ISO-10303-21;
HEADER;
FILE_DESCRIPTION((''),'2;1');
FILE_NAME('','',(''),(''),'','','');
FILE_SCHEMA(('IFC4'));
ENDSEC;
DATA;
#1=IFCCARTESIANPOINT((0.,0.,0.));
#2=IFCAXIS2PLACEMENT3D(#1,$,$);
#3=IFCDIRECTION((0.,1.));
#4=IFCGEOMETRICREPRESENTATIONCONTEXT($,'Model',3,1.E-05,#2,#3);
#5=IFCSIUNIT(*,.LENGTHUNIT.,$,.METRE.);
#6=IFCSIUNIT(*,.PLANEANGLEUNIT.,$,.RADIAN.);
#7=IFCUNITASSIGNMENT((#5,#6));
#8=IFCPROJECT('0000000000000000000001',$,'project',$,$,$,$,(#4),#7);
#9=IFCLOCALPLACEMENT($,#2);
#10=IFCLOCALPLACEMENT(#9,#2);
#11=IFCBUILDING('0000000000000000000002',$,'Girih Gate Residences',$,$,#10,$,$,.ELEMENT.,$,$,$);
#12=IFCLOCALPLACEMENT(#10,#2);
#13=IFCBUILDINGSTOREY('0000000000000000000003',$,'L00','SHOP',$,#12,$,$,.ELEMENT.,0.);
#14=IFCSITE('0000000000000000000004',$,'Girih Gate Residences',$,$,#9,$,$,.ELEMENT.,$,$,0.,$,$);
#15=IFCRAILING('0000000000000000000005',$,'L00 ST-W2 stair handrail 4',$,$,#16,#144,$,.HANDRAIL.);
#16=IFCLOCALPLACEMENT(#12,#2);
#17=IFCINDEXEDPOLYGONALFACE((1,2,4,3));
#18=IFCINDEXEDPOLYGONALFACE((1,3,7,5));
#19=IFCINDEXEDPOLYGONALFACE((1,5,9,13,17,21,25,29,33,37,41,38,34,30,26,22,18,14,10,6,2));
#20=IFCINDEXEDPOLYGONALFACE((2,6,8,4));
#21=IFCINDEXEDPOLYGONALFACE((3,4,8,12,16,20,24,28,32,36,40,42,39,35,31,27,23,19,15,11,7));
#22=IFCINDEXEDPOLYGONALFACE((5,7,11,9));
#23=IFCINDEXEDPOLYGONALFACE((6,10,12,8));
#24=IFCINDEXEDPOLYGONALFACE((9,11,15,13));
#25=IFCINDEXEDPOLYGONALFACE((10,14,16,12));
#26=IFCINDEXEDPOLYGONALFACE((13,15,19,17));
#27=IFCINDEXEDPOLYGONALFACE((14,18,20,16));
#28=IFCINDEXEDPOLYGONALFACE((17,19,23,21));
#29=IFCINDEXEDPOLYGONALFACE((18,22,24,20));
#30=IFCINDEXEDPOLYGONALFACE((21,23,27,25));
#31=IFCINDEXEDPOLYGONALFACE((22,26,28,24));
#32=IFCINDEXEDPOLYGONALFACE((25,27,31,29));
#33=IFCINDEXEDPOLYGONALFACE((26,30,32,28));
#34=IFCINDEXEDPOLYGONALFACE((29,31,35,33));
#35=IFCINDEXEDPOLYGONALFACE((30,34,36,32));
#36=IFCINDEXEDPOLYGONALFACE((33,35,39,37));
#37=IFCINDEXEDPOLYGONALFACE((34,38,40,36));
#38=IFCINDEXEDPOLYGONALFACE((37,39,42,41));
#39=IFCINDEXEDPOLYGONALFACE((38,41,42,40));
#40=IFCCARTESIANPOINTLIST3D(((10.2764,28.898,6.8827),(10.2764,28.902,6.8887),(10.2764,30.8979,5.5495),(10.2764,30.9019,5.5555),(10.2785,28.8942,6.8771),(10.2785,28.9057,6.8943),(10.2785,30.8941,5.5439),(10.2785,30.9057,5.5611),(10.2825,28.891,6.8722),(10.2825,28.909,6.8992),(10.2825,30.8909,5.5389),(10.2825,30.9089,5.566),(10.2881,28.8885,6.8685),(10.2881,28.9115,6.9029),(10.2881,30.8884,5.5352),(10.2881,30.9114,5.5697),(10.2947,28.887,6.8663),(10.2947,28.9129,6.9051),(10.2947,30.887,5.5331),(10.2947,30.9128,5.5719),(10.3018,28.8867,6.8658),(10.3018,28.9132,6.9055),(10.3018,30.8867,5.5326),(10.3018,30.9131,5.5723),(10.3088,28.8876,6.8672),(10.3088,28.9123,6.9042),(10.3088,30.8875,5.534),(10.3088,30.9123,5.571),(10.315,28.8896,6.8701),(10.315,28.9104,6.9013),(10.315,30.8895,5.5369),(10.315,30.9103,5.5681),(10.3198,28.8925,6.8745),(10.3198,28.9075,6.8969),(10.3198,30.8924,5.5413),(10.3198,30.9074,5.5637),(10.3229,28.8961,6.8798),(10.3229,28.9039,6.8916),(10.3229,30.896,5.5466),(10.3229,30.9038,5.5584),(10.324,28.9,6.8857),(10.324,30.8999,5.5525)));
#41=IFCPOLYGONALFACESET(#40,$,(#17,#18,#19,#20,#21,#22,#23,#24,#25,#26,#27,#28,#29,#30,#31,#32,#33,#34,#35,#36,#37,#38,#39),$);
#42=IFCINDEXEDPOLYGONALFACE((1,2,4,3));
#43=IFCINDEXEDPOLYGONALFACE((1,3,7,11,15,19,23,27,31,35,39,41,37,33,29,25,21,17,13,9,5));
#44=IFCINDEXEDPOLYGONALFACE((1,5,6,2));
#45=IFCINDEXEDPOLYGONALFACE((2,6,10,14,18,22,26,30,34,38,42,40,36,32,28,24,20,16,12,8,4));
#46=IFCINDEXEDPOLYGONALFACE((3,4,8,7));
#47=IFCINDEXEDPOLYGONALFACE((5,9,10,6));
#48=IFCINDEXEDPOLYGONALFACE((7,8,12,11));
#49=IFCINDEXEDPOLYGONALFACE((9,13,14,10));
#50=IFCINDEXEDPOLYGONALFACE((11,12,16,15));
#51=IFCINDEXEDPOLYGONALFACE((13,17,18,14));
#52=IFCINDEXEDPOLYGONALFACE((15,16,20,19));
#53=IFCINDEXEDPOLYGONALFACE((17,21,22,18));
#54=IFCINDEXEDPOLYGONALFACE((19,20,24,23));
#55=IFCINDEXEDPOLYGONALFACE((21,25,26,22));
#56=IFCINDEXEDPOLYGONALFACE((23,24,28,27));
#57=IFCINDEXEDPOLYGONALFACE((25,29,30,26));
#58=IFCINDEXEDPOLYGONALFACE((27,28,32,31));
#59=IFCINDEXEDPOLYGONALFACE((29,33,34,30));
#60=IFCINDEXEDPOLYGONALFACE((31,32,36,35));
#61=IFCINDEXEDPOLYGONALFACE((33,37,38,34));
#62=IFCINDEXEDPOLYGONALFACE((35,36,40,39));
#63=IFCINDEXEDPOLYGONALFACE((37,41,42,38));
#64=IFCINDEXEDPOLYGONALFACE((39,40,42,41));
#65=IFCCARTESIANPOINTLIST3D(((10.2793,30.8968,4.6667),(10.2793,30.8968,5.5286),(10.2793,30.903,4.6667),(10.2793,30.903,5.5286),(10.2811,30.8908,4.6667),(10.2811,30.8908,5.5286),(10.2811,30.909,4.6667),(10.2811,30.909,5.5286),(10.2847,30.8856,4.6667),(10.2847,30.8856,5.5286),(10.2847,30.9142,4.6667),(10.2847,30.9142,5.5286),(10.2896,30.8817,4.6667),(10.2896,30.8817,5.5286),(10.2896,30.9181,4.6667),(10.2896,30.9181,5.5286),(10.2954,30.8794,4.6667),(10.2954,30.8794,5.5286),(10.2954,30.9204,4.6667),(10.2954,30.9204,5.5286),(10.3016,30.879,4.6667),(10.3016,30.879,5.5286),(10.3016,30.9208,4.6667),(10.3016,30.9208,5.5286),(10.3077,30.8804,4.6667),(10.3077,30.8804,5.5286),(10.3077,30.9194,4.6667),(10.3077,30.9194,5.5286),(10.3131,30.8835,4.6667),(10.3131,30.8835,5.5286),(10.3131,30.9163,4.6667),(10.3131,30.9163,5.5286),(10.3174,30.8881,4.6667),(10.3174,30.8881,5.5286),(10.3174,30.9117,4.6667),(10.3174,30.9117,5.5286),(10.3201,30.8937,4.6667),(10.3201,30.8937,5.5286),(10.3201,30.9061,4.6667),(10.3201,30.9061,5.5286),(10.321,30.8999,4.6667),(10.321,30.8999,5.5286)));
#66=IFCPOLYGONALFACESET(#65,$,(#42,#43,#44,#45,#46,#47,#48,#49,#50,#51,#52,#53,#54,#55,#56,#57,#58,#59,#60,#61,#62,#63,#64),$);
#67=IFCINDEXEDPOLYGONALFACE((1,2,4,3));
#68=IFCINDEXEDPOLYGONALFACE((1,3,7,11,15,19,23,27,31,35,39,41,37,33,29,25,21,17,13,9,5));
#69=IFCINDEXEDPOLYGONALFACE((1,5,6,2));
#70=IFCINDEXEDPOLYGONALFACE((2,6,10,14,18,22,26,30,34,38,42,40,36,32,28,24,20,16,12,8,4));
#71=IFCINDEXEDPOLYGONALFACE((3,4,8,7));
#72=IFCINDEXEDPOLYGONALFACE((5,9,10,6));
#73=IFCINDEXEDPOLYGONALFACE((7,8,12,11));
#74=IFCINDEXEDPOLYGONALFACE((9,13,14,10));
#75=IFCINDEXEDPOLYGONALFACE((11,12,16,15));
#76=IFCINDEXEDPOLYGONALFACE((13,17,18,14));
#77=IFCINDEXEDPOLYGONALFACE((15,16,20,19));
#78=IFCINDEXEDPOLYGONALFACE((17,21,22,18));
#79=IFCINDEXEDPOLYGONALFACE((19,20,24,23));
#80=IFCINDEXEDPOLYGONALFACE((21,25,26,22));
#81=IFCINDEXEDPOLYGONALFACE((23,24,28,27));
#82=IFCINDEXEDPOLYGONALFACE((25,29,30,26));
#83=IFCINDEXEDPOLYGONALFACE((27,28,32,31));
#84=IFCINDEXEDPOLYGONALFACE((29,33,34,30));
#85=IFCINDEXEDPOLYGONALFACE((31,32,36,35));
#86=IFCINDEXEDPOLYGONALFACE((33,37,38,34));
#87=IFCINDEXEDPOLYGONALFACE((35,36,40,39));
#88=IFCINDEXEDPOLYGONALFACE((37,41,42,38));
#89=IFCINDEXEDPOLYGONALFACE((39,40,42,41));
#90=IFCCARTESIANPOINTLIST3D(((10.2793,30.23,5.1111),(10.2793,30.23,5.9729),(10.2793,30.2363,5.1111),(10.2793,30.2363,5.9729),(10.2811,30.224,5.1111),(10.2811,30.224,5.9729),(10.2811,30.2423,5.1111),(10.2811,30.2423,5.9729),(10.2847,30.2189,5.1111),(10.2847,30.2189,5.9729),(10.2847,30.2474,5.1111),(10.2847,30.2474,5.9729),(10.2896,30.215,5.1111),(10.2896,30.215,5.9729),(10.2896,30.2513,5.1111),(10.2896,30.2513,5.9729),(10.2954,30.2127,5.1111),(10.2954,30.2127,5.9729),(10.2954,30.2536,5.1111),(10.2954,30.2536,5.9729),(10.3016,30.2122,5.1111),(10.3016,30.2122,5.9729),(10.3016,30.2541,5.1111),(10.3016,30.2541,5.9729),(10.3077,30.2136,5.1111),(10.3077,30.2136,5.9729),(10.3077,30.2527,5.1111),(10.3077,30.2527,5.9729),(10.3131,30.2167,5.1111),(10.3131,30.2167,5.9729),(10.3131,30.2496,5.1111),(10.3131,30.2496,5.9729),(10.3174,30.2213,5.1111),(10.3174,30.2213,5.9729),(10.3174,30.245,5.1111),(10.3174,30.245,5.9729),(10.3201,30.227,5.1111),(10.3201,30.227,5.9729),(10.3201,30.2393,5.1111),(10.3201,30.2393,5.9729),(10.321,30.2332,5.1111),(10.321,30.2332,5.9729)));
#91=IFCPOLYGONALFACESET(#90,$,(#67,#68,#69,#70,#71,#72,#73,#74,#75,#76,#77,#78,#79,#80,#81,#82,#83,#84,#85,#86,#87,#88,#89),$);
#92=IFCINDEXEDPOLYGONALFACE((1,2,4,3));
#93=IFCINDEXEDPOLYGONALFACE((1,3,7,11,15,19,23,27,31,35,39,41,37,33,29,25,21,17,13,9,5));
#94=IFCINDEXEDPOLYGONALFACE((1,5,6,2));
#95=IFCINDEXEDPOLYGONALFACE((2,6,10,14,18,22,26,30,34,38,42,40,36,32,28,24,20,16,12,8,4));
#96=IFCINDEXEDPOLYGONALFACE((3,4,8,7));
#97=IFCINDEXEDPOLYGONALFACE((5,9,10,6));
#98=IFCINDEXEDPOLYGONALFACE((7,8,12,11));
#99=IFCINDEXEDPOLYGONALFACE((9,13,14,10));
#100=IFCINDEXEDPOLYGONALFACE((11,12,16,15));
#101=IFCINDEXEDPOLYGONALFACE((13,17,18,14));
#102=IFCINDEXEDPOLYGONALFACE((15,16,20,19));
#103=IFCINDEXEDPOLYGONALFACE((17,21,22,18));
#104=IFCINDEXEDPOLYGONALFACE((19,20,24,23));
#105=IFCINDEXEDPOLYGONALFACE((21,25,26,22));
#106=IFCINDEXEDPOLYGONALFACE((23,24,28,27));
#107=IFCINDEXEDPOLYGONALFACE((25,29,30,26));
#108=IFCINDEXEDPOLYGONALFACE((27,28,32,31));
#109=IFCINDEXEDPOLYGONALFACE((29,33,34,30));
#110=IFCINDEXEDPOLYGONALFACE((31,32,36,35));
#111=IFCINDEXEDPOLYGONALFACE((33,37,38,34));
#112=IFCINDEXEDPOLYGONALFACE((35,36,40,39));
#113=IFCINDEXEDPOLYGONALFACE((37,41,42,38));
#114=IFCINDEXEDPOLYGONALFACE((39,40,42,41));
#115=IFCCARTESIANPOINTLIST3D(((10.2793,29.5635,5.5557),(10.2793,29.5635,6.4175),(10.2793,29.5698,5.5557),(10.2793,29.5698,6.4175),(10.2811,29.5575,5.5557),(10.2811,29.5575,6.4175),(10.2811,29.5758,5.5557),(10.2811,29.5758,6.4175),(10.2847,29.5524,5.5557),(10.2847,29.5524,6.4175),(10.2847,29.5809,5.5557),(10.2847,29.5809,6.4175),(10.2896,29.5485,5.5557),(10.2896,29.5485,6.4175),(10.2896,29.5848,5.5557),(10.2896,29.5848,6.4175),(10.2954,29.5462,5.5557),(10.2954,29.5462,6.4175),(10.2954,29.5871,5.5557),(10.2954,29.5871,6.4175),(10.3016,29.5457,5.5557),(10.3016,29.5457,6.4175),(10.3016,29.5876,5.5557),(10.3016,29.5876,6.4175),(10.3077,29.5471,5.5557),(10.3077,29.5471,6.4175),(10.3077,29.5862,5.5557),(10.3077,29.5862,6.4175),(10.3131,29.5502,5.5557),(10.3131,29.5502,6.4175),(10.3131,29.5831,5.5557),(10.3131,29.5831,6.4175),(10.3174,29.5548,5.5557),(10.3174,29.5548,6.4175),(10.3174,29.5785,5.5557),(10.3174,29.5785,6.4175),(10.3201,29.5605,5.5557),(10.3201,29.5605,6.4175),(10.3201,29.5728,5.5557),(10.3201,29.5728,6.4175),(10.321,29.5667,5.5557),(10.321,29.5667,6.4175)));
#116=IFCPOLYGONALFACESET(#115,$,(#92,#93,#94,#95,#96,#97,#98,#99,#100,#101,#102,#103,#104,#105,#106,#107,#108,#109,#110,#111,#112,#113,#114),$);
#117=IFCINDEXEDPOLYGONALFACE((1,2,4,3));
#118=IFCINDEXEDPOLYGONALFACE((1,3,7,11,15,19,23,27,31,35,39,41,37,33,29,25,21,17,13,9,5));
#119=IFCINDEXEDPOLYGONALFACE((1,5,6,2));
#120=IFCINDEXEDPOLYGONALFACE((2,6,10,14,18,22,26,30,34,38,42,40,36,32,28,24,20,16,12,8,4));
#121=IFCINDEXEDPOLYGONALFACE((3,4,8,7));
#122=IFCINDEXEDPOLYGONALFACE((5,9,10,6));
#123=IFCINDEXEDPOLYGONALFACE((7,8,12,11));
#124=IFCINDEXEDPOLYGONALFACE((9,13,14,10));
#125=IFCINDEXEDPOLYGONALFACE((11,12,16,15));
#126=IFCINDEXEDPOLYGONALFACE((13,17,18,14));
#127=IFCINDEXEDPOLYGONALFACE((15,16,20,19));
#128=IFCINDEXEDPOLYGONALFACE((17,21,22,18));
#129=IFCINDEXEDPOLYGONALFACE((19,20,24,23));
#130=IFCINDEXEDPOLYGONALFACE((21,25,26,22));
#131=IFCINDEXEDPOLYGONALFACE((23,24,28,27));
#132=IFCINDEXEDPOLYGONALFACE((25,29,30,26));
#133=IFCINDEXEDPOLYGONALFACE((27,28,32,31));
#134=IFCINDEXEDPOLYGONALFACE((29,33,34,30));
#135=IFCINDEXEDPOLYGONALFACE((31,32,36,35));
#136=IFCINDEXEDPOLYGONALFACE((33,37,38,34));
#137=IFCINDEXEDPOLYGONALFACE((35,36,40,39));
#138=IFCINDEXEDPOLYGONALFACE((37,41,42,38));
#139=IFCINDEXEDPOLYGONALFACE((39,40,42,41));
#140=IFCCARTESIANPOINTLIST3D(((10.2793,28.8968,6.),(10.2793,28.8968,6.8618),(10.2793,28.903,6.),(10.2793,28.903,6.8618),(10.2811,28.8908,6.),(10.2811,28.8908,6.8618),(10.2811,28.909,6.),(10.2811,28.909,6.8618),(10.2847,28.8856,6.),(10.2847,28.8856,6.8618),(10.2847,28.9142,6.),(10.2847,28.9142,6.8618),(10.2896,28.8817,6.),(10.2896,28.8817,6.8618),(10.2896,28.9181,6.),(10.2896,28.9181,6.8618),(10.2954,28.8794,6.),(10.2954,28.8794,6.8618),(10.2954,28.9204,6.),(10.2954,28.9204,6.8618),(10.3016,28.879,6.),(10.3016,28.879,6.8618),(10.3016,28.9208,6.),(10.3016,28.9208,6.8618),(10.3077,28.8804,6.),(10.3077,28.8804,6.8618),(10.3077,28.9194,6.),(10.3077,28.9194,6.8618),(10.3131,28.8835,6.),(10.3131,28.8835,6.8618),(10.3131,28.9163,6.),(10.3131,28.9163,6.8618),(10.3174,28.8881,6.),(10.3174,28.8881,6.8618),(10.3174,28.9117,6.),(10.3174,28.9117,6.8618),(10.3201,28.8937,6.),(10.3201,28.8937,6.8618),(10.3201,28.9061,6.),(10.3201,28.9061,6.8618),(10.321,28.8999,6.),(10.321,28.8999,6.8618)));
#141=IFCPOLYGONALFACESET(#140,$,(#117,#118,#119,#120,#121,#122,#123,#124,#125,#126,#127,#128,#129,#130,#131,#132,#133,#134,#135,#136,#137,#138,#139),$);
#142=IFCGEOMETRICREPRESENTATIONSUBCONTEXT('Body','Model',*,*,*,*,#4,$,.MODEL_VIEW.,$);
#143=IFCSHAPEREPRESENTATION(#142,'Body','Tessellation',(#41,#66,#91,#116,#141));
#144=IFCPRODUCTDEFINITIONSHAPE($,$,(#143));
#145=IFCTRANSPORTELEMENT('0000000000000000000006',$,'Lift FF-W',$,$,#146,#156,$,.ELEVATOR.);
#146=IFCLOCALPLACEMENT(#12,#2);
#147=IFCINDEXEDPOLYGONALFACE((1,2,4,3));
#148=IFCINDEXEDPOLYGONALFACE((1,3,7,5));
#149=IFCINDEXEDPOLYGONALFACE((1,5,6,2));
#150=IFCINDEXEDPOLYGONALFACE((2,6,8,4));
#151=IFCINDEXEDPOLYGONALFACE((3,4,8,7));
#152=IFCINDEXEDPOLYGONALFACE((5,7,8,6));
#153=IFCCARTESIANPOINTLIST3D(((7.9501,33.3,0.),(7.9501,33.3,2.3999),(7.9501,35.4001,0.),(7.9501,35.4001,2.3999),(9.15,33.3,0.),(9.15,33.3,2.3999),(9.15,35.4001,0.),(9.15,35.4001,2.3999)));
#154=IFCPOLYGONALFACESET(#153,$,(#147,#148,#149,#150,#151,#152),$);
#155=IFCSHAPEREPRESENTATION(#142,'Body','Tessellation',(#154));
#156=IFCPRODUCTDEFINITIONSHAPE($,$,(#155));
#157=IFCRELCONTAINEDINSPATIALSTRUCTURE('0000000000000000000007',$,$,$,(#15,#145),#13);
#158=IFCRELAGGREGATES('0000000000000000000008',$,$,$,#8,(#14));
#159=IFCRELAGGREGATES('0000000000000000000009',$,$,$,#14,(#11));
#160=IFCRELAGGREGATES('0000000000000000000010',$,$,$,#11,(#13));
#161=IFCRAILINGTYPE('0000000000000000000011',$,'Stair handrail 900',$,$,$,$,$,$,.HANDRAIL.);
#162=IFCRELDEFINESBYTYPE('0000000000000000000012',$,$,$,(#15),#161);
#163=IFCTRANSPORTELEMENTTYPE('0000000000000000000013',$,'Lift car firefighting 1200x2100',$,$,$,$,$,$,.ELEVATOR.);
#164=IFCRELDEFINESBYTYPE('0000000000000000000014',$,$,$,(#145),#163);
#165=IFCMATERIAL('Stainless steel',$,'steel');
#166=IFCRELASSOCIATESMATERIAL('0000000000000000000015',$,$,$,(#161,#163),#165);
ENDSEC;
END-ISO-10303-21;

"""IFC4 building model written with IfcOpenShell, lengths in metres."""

from ifc_helpers import new_model, si_unit, direction, frame, origin, origin_2d, place, context, subcontext, project, spatial, rectangle, circle, extrude, material, type_object, element, save


model = new_model("IFC4")

# Units and contexts
model_context = context("Model", 3, precision=1e-05, world=origin(), true_north=direction((0.0, 1.0)))
body_context = subcontext(model_context, "Body", "Model", "MODEL_VIEW")
ifc_project = project(units=[si_unit("LENGTHUNIT", "METRE"), si_unit("PLANEANGLEUNIT", "RADIAN")], contexts=[model_context])

# Site, building, storey
site_placement = place(None, origin())
site = spatial("IfcSite", under=ifc_project, at=site_placement, Name="Girih Gate Residences", CompositionType="ELEMENT", RefElevation=0.0)
building_placement = place(site_placement, origin())
building = spatial("IfcBuilding", under=site, at=building_placement, Name="Girih Gate Residences", CompositionType="ELEMENT")
storey_placement = place(building_placement, origin())
storey = spatial("IfcBuildingStorey", under=building, at=storey_placement, Name="L00", Description="SHOP", CompositionType="ELEMENT", Elevation=0.0)

# Railing
ifc_material_1 = material(Name="Stainless steel", Category="steel")
railing_type_1 = type_object("IfcRailingType", Name="Stair handrail 900", PredefinedType="HANDRAIL", material=ifc_material_1)
railing_1_placement = place(storey_placement, frame((10.3, 30.8999, 4.6667)))
element("IfcRailing", 1, at=railing_1_placement, inside=storey, type_object=railing_type_1, Name="L00 ST-W2 stair handrail 4", PredefinedType="HANDRAIL", context=body_context, shape_type="SweptSolid", body=[
    extrude(circle(Radius=0.0239, at=origin_2d()), frame((0.0, 0.0, 0.8857), z_axis=(0.0, -0.832066, 0.554677), x_axis=(1.0, 0.0, 0.0)), (0.0, 0.0, 1.0), 2.4036),
    extrude(circle(Radius=0.021, at=origin_2d()), origin(), (0.0, 0.0, 1.0), 0.8618),
    extrude(circle(Radius=0.021, at=origin_2d()), frame((0.0, -0.6667, 0.4443)), (0.0, 0.0, 1.0), 0.8618),
    extrude(circle(Radius=0.021, at=origin_2d()), frame((0.0, -1.3333, 0.8889)), (0.0, 0.0, 1.0), 0.8618),
    extrude(circle(Radius=0.021, at=origin_2d()), frame((0.0, -2.0, 1.3333)), (0.0, 0.0, 1.0), 0.8618),
])

# Transport element
transport_element_type = type_object("IfcTransportElementType", Name="Lift car firefighting 1200x2100", PredefinedType="ELEVATOR", material=ifc_material_1)
transport_element_placement = place(storey_placement, frame((8.55, 34.3501, 0.0), z_axis=(0.0, 0.0, 1.0), x_axis=(1.0, 0.0, 0.0)))
element("IfcTransportElement", 2, at=transport_element_placement, inside=storey, type_object=transport_element_type, Name="Lift FF-W", PredefinedType="ELEVATOR", context=body_context, shape_type="SweptSolid", body=[
    extrude(rectangle(XDim=1.2, YDim=2.1001, at=origin_2d()), origin(), (0.0, 0.0, 1.0), 2.3999),
])

save(model, "model.ifc")
